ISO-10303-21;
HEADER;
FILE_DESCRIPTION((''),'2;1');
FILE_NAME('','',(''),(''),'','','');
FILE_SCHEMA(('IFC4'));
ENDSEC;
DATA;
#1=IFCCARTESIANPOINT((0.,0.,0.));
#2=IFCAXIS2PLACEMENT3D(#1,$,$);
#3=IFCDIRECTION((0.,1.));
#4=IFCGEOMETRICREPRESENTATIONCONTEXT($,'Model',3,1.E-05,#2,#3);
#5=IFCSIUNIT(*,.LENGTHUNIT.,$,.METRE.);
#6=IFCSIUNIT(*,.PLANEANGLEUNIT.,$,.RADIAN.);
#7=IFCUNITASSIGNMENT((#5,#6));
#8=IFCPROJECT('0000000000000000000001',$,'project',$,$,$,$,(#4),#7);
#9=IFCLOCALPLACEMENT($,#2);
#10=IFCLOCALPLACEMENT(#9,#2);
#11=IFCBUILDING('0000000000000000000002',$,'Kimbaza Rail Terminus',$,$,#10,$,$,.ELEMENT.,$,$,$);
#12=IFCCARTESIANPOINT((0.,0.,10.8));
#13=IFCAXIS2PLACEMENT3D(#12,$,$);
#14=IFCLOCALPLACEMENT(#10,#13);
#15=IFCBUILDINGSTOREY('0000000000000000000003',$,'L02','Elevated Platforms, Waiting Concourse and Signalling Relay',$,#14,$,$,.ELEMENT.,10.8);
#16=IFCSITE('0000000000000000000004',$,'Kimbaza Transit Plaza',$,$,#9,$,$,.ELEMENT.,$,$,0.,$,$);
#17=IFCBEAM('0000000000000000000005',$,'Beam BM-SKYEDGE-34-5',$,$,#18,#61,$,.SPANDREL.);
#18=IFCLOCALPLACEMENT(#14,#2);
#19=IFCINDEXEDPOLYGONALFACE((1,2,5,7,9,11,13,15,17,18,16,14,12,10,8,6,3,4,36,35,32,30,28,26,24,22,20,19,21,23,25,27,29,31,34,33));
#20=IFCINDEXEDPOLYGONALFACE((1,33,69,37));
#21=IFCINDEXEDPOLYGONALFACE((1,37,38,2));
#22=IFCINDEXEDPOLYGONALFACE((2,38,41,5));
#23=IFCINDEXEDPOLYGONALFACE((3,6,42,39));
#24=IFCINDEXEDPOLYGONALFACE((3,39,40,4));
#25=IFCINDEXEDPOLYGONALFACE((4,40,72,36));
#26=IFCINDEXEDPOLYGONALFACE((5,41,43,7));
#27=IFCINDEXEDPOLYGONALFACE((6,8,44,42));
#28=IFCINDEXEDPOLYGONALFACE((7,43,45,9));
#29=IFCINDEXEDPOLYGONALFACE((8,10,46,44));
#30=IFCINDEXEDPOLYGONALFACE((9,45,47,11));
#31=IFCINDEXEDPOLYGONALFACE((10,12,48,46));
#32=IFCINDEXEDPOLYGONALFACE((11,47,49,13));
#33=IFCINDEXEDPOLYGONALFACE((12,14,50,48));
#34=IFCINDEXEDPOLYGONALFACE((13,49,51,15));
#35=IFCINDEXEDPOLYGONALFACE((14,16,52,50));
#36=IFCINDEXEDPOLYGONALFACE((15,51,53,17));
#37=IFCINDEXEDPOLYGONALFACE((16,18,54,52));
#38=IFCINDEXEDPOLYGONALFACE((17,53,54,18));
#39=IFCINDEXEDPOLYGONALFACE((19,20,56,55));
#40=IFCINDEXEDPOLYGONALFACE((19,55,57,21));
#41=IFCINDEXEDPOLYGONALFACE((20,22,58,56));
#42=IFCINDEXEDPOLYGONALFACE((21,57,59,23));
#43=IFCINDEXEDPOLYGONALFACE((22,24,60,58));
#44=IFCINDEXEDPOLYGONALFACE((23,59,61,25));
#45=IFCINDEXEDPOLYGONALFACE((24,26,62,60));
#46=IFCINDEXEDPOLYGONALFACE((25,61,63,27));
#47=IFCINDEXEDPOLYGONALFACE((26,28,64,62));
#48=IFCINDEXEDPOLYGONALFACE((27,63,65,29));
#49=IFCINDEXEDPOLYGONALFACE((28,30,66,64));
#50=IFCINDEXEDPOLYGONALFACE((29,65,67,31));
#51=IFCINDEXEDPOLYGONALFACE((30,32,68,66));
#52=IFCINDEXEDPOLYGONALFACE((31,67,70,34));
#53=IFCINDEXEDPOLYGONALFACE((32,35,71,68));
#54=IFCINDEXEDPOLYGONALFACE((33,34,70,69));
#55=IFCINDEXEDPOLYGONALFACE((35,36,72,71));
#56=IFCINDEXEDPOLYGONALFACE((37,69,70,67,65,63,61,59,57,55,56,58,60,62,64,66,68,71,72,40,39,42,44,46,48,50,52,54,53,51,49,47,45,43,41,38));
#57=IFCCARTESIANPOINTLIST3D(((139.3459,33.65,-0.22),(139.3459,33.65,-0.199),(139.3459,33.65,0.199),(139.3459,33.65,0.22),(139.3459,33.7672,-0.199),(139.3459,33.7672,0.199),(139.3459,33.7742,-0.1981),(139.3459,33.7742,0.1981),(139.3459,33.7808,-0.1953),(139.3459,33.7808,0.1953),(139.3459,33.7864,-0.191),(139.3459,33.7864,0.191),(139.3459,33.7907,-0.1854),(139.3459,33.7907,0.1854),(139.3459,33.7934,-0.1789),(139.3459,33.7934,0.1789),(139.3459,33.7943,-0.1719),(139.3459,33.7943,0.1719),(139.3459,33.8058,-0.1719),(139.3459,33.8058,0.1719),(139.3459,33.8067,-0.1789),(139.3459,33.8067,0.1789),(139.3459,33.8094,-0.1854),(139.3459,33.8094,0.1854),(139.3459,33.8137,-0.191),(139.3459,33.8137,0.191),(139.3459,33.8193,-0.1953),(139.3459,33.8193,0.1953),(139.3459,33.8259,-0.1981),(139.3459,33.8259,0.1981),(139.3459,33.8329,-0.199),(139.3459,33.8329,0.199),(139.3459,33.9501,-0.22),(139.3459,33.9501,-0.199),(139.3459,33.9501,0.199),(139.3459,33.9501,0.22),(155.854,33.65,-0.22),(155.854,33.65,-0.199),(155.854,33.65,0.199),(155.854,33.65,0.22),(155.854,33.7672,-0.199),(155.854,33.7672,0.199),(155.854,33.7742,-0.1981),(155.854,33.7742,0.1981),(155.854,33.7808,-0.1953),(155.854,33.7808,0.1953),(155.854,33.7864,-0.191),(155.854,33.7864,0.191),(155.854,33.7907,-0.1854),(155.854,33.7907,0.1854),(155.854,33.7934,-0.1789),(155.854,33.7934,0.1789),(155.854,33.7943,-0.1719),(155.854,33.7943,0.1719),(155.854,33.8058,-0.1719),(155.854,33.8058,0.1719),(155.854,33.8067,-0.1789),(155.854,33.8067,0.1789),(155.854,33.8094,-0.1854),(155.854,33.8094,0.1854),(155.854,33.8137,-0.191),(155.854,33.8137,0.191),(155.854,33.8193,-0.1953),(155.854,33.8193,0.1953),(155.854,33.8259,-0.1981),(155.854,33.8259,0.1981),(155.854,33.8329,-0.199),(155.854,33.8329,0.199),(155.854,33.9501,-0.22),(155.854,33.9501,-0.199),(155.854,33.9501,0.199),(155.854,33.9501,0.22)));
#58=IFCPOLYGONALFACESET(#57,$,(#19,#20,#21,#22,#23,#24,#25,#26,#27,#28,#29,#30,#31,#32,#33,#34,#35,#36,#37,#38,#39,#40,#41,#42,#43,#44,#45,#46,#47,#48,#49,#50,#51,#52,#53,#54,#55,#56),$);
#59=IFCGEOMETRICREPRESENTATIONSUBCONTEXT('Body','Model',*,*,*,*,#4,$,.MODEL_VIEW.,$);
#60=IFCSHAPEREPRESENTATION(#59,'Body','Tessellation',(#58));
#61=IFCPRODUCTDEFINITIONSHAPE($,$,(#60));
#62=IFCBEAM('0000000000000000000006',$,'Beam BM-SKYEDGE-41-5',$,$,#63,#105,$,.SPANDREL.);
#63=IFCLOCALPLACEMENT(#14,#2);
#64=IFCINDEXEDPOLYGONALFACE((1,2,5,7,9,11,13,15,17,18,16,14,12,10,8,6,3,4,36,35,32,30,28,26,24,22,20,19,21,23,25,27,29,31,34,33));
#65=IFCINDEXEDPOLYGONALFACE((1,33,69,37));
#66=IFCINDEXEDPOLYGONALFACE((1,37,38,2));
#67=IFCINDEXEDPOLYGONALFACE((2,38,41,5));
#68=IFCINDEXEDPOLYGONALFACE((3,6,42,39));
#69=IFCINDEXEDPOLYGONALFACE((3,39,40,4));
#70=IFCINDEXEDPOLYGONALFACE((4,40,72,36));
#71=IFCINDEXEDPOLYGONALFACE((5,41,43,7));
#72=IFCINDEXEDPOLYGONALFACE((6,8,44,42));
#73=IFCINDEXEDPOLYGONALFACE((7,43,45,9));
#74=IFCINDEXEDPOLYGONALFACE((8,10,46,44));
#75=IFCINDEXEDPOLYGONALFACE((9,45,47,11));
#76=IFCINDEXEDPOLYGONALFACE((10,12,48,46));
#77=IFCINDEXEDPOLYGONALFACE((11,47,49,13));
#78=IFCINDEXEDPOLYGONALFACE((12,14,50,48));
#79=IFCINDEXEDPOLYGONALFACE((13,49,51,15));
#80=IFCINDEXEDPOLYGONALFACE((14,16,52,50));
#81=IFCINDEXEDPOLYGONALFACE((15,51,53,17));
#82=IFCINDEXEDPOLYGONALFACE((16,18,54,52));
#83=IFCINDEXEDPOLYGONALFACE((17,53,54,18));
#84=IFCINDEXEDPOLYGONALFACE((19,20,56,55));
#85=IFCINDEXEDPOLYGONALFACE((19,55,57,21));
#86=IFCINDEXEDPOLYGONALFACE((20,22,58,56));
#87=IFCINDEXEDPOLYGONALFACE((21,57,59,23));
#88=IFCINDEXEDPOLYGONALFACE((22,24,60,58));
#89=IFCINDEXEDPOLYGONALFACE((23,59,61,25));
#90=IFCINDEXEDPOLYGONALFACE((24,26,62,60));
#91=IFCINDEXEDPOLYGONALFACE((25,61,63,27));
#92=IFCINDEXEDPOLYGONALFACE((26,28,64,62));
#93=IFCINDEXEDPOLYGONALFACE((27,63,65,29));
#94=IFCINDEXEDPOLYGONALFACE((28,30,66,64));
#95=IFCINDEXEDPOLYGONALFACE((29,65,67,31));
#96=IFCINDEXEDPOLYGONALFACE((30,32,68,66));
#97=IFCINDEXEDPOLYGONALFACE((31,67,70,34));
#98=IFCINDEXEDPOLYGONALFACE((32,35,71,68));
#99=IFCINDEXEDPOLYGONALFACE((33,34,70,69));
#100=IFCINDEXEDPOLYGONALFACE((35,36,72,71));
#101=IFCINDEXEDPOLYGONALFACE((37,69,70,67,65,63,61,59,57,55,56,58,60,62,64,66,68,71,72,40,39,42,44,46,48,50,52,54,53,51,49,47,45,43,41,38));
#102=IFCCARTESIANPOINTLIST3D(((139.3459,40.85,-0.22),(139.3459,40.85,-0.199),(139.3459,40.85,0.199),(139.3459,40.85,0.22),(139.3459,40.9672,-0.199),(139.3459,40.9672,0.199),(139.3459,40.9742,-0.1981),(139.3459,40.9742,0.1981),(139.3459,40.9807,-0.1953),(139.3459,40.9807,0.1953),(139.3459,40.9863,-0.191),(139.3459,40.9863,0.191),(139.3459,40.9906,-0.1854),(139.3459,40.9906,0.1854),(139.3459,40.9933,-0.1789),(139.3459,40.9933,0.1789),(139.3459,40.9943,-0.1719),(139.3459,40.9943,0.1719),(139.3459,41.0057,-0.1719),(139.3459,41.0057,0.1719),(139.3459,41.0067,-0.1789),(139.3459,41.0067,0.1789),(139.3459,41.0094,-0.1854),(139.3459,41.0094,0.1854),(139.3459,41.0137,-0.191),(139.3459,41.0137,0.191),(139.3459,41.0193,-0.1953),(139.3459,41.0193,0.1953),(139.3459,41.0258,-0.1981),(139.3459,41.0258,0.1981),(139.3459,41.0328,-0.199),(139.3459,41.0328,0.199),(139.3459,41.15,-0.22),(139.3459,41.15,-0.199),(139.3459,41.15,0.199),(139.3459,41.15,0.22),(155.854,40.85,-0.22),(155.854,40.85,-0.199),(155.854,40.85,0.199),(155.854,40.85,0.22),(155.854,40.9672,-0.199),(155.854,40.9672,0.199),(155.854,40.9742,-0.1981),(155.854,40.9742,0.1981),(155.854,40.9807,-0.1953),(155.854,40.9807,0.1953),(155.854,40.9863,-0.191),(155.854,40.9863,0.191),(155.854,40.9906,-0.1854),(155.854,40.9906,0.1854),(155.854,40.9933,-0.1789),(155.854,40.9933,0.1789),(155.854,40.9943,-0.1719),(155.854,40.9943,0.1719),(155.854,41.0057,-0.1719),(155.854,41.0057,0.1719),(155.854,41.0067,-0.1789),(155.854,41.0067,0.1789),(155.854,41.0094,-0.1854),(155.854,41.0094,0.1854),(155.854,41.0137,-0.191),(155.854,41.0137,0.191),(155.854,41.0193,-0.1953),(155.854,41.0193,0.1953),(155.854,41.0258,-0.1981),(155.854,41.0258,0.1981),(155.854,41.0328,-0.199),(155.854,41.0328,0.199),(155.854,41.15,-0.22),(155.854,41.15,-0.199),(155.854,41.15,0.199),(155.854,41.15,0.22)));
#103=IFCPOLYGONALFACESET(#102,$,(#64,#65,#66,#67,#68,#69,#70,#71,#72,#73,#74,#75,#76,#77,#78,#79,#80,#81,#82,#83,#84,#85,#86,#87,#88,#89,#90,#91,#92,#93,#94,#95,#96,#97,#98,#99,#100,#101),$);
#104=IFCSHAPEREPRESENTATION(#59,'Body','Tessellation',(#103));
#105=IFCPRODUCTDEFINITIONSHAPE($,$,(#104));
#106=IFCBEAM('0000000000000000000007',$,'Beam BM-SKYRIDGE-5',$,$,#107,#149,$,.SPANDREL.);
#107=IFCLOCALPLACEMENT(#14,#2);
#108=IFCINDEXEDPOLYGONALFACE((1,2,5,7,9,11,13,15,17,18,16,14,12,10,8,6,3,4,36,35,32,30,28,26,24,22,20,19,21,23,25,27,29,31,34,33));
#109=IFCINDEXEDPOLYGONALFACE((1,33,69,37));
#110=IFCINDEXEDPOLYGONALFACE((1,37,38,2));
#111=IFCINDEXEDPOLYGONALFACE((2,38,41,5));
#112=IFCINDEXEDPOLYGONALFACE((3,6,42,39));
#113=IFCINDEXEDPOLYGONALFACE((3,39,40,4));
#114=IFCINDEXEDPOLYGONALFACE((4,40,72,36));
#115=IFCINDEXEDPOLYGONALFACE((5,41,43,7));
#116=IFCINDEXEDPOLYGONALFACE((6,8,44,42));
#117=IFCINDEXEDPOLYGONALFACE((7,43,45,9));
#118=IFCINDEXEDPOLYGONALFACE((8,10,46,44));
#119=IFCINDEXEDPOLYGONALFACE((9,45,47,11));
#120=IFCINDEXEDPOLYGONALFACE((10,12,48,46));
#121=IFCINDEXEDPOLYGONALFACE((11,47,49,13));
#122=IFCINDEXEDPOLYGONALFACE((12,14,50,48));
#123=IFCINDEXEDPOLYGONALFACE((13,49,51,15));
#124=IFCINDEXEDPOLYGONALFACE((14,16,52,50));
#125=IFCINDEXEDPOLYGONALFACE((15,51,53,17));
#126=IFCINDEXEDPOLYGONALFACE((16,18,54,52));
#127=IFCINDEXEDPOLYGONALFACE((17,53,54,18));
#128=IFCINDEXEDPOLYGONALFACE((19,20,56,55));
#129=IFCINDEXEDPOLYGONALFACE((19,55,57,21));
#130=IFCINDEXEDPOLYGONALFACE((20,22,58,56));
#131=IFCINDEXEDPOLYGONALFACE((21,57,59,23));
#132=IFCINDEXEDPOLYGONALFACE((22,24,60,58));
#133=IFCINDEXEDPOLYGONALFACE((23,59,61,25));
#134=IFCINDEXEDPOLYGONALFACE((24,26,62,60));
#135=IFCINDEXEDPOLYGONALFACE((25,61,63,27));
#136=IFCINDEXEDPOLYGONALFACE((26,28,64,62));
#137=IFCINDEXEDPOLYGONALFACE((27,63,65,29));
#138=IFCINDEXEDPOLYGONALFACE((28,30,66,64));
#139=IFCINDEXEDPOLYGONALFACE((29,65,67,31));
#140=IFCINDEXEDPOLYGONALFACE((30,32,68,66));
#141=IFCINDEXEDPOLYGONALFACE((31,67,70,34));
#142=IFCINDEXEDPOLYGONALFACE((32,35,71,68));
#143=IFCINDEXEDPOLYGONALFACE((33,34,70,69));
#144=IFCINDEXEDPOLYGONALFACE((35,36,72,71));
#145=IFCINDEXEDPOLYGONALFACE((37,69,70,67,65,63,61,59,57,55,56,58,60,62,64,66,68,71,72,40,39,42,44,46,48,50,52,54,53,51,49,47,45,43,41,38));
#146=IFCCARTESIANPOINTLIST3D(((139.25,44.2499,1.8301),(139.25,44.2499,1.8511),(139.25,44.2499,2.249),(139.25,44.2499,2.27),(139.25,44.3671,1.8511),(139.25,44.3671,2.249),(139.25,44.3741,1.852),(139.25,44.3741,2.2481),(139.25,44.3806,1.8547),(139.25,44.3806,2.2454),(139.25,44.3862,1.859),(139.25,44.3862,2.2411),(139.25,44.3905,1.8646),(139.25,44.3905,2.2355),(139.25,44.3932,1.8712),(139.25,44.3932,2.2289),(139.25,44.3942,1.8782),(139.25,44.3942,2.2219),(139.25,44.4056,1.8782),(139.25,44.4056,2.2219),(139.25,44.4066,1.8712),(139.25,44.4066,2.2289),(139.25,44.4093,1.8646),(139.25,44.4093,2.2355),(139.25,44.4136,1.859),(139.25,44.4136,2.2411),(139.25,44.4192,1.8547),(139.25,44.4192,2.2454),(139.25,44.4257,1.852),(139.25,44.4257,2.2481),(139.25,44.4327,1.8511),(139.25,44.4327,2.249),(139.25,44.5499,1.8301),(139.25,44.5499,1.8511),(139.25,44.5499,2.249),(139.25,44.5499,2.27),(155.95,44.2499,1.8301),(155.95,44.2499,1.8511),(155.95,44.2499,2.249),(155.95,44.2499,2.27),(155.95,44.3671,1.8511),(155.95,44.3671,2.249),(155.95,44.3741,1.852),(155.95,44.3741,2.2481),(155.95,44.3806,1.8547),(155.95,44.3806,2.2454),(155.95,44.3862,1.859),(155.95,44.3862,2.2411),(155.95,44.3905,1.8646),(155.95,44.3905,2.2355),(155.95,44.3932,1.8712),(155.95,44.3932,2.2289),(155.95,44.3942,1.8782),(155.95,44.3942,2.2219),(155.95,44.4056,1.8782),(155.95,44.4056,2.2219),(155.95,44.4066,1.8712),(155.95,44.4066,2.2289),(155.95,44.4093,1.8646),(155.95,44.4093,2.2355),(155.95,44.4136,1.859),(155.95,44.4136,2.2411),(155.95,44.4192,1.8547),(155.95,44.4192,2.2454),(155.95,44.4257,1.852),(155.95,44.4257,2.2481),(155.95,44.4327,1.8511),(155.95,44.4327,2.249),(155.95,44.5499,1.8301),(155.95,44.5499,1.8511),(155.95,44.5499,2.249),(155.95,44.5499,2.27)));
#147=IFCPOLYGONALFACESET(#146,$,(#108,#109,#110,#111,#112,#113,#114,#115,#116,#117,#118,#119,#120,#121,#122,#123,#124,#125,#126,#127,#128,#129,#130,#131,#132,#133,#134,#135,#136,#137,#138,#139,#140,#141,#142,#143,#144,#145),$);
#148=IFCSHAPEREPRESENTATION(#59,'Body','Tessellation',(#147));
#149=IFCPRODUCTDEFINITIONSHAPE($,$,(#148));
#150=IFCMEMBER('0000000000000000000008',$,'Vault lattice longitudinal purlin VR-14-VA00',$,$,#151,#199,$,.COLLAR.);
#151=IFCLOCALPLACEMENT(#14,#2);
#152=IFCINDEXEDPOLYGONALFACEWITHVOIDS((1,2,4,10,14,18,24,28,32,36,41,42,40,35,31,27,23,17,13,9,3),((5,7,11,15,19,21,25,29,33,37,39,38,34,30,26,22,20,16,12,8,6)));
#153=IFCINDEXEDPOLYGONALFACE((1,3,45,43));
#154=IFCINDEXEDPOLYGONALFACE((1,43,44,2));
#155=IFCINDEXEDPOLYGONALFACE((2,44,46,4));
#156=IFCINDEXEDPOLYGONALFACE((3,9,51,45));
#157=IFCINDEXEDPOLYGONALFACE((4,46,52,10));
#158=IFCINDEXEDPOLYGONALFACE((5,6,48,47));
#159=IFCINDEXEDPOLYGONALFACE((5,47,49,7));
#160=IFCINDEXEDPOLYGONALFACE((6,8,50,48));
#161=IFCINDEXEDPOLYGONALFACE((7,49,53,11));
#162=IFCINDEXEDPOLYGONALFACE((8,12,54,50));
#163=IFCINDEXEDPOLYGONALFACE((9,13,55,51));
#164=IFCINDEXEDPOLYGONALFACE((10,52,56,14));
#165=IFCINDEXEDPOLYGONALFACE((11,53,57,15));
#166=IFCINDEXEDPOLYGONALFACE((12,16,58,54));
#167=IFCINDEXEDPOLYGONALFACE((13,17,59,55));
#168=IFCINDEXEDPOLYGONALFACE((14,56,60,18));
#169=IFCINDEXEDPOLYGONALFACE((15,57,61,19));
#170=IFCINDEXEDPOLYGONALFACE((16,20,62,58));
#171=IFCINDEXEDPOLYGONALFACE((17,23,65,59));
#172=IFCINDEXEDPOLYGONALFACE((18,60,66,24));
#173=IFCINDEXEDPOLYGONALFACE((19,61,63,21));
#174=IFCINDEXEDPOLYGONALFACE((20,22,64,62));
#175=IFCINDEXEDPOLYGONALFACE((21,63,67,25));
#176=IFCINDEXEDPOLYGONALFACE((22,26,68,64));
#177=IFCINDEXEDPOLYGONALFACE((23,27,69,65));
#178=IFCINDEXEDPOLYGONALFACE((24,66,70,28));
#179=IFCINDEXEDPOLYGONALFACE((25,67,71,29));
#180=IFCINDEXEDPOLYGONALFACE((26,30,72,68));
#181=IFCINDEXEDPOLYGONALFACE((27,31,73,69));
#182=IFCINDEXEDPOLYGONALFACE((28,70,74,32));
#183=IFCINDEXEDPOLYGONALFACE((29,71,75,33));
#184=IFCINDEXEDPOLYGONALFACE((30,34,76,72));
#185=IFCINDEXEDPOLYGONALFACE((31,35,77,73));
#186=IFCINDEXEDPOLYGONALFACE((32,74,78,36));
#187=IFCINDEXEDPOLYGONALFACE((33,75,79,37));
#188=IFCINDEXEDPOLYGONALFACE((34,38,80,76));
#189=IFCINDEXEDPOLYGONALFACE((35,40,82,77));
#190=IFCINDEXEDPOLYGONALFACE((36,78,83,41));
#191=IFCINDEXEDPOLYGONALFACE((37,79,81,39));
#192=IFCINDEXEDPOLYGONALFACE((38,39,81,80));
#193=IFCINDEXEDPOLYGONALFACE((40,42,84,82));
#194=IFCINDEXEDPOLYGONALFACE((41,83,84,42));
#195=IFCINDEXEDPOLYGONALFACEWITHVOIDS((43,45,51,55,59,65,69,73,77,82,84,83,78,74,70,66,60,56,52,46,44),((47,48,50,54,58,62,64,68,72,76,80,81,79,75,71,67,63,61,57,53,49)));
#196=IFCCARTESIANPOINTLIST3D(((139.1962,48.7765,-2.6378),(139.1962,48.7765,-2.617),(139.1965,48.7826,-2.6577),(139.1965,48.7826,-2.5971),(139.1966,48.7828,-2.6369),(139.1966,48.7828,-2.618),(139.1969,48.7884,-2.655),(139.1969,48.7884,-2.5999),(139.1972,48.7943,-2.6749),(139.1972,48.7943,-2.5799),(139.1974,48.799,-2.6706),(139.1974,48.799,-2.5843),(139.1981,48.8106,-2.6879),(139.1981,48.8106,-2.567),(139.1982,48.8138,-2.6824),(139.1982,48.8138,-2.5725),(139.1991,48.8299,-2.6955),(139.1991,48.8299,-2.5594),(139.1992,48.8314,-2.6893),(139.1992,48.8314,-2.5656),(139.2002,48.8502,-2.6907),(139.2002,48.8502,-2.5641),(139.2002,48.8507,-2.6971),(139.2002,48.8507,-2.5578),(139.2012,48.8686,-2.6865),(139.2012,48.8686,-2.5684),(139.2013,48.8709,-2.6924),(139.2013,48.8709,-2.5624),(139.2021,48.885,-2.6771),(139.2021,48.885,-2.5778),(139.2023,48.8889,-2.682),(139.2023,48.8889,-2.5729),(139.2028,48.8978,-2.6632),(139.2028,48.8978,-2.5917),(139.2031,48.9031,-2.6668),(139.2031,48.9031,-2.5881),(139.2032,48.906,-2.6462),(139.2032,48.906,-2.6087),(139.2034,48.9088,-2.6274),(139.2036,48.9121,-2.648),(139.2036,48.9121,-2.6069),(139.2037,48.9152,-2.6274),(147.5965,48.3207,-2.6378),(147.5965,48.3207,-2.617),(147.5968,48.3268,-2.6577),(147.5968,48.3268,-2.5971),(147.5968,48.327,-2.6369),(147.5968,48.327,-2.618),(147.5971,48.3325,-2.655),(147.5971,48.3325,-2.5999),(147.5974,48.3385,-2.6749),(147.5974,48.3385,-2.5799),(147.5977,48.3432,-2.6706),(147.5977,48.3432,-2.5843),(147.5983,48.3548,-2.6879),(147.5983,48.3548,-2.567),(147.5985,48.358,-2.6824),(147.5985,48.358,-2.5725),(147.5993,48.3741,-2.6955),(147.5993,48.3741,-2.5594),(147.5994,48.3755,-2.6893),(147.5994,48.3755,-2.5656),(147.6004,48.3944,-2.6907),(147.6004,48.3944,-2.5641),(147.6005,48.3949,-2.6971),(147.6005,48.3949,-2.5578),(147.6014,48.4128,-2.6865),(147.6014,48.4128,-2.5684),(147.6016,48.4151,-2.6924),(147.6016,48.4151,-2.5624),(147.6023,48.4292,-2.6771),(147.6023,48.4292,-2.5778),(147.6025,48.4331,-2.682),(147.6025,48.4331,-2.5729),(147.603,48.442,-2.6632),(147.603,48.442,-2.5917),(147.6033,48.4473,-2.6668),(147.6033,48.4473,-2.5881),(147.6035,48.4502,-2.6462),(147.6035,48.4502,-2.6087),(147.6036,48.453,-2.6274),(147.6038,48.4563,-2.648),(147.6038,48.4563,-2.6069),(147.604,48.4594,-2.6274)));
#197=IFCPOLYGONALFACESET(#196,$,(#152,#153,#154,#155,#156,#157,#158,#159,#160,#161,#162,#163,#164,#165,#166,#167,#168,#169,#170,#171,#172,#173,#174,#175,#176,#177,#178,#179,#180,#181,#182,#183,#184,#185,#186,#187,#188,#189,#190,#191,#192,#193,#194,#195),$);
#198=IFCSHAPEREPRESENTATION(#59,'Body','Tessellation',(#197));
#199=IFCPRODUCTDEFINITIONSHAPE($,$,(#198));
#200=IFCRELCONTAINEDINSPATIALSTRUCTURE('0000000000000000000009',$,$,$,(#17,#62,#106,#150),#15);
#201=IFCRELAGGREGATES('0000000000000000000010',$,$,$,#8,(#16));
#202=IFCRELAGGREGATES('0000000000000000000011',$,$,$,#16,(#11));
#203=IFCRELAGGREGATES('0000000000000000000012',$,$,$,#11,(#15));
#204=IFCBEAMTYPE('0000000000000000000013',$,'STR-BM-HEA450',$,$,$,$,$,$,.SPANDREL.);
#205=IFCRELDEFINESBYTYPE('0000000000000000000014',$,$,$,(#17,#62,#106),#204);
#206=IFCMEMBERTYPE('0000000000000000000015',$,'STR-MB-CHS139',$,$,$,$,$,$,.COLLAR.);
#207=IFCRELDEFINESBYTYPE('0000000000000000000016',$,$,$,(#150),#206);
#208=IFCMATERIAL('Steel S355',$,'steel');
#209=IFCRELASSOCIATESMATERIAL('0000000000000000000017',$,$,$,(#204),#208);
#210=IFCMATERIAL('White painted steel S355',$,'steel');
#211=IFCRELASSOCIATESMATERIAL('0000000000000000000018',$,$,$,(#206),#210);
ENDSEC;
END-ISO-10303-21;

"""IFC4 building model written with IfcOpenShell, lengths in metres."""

from ifc_helpers import new_model, si_unit, direction, frame, origin, origin_2d, place, context, subcontext, project, spatial, hollow_circle, i_section, extrude, material, material_profile, profile_set, type_object, element, save


model = new_model("IFC4")

# Units and contexts
model_context = context("Model", 3, precision=1e-05, world=origin(), true_north=direction((0.0, 1.0)))
body_context = subcontext(model_context, "Body", "Model", "MODEL_VIEW")
ifc_project = project(units=[si_unit("LENGTHUNIT", "METRE"), si_unit("PLANEANGLEUNIT", "RADIAN")], contexts=[model_context])

# Site, building, storey
site_placement = place(None, origin())
site = spatial("IfcSite", under=ifc_project, at=site_placement, Name="Kimbaza Transit Plaza", CompositionType="ELEMENT", RefElevation=0.0)
building_placement = place(site_placement, origin())
building = spatial("IfcBuilding", under=site, at=building_placement, Name="Kimbaza Rail Terminus", CompositionType="ELEMENT")
storey_placement = place(building_placement, frame((0.0, 0.0, 10.8)))
storey = spatial("IfcBuildingStorey", under=building, at=storey_placement, Name="L02", Description="Elevated Platforms, Waiting Concourse and Signalling Relay", CompositionType="ELEMENT", Elevation=10.8)

# Beams
ifc_material_1 = material(Name="Steel S355", Category="steel")
ifc_material_profile_1 = material_profile(ifc_material_1, i_section(OverallWidth=0.3, OverallDepth=0.4399, WebThickness=0.0115, FlangeThickness=0.021, FilletRadius=0.0271, at=origin_2d()), Name="HEA 450")
ifc_profile_set_1 = profile_set([ifc_material_profile_1], Name="Steel S355")
beam_type = type_object("IfcBeamType", Name="STR-BM-HEA450", PredefinedType="SPANDREL", material=ifc_profile_set_1)
for number, where, z_axis, x_axis, name in (
    (1, (139.3459, 33.8, 0.0), (1.0, 0.0, 0.0), (0.0, 1.0, 0.0), "Beam BM-SKYEDGE-34-5"),
    (2, (139.3459, 41.0, 0.0), (1.0, 0.0, 0.0), (0.0, 1.0, 0.0), "Beam BM-SKYEDGE-41-5"),
):
    element("IfcBeam", number, at=place(storey_placement, frame(where, z_axis=z_axis, x_axis=x_axis)), inside=storey, type_object=beam_type, Name=name, PredefinedType="SPANDREL", context=body_context, shape_type="SweptSolid", body=[
        extrude(i_section(OverallWidth=0.3, OverallDepth=0.4399, WebThickness=0.0115, FlangeThickness=0.021, FilletRadius=0.0271, at=origin_2d()), origin(), (0.0, 0.0, 1.0), 16.5081),
    ])
beam_placement = place(storey_placement, frame((139.25, 44.3999, 2.05), z_axis=(1.0, 0.0, 0.0), x_axis=(0.0, 1.0, 0.0)))
element("IfcBeam", 3, at=beam_placement, inside=storey, type_object=beam_type, Name="Beam BM-SKYRIDGE-5", PredefinedType="SPANDREL", context=body_context, shape_type="SweptSolid", body=[
    extrude(i_section(OverallWidth=0.3, OverallDepth=0.4399, WebThickness=0.0115, FlangeThickness=0.021, FilletRadius=0.0271, at=origin_2d()), origin(), (0.0, 0.0, 1.0), 16.7),
])

# Member
ifc_material_2 = material(Name="White painted steel S355", Category="steel")
ifc_material_profile_2 = material_profile(ifc_material_2, hollow_circle(Radius=0.0698, WallThickness=0.0063, at=origin_2d()), Name="CHS 139.7x6.3")
ifc_profile_set_2 = profile_set([ifc_material_profile_2], Name="White painted steel S355")
member_type_1 = type_object("IfcMemberType", Name="STR-MB-CHS139", PredefinedType="COLLAR", material=ifc_profile_set_2)
member_1_placement = place(storey_placement, frame((139.2, 48.8455, -2.6274), z_axis=(0.998531, -0.054183, 0.0), x_axis=(0.054183, 0.998531, 0.0)))
element("IfcMember", 4, at=member_1_placement, inside=storey, type_object=member_type_1, Name="Vault lattice longitudinal purlin VR-14-VA00", PredefinedType="COLLAR", context=body_context, shape_type="SweptSolid", body=[
    extrude(hollow_circle(Radius=0.0698, WallThickness=0.0063, at=origin_2d()), origin(), (0.0, 0.0, 1.0), 8.4126),
])

save(model, "model.ifc")
